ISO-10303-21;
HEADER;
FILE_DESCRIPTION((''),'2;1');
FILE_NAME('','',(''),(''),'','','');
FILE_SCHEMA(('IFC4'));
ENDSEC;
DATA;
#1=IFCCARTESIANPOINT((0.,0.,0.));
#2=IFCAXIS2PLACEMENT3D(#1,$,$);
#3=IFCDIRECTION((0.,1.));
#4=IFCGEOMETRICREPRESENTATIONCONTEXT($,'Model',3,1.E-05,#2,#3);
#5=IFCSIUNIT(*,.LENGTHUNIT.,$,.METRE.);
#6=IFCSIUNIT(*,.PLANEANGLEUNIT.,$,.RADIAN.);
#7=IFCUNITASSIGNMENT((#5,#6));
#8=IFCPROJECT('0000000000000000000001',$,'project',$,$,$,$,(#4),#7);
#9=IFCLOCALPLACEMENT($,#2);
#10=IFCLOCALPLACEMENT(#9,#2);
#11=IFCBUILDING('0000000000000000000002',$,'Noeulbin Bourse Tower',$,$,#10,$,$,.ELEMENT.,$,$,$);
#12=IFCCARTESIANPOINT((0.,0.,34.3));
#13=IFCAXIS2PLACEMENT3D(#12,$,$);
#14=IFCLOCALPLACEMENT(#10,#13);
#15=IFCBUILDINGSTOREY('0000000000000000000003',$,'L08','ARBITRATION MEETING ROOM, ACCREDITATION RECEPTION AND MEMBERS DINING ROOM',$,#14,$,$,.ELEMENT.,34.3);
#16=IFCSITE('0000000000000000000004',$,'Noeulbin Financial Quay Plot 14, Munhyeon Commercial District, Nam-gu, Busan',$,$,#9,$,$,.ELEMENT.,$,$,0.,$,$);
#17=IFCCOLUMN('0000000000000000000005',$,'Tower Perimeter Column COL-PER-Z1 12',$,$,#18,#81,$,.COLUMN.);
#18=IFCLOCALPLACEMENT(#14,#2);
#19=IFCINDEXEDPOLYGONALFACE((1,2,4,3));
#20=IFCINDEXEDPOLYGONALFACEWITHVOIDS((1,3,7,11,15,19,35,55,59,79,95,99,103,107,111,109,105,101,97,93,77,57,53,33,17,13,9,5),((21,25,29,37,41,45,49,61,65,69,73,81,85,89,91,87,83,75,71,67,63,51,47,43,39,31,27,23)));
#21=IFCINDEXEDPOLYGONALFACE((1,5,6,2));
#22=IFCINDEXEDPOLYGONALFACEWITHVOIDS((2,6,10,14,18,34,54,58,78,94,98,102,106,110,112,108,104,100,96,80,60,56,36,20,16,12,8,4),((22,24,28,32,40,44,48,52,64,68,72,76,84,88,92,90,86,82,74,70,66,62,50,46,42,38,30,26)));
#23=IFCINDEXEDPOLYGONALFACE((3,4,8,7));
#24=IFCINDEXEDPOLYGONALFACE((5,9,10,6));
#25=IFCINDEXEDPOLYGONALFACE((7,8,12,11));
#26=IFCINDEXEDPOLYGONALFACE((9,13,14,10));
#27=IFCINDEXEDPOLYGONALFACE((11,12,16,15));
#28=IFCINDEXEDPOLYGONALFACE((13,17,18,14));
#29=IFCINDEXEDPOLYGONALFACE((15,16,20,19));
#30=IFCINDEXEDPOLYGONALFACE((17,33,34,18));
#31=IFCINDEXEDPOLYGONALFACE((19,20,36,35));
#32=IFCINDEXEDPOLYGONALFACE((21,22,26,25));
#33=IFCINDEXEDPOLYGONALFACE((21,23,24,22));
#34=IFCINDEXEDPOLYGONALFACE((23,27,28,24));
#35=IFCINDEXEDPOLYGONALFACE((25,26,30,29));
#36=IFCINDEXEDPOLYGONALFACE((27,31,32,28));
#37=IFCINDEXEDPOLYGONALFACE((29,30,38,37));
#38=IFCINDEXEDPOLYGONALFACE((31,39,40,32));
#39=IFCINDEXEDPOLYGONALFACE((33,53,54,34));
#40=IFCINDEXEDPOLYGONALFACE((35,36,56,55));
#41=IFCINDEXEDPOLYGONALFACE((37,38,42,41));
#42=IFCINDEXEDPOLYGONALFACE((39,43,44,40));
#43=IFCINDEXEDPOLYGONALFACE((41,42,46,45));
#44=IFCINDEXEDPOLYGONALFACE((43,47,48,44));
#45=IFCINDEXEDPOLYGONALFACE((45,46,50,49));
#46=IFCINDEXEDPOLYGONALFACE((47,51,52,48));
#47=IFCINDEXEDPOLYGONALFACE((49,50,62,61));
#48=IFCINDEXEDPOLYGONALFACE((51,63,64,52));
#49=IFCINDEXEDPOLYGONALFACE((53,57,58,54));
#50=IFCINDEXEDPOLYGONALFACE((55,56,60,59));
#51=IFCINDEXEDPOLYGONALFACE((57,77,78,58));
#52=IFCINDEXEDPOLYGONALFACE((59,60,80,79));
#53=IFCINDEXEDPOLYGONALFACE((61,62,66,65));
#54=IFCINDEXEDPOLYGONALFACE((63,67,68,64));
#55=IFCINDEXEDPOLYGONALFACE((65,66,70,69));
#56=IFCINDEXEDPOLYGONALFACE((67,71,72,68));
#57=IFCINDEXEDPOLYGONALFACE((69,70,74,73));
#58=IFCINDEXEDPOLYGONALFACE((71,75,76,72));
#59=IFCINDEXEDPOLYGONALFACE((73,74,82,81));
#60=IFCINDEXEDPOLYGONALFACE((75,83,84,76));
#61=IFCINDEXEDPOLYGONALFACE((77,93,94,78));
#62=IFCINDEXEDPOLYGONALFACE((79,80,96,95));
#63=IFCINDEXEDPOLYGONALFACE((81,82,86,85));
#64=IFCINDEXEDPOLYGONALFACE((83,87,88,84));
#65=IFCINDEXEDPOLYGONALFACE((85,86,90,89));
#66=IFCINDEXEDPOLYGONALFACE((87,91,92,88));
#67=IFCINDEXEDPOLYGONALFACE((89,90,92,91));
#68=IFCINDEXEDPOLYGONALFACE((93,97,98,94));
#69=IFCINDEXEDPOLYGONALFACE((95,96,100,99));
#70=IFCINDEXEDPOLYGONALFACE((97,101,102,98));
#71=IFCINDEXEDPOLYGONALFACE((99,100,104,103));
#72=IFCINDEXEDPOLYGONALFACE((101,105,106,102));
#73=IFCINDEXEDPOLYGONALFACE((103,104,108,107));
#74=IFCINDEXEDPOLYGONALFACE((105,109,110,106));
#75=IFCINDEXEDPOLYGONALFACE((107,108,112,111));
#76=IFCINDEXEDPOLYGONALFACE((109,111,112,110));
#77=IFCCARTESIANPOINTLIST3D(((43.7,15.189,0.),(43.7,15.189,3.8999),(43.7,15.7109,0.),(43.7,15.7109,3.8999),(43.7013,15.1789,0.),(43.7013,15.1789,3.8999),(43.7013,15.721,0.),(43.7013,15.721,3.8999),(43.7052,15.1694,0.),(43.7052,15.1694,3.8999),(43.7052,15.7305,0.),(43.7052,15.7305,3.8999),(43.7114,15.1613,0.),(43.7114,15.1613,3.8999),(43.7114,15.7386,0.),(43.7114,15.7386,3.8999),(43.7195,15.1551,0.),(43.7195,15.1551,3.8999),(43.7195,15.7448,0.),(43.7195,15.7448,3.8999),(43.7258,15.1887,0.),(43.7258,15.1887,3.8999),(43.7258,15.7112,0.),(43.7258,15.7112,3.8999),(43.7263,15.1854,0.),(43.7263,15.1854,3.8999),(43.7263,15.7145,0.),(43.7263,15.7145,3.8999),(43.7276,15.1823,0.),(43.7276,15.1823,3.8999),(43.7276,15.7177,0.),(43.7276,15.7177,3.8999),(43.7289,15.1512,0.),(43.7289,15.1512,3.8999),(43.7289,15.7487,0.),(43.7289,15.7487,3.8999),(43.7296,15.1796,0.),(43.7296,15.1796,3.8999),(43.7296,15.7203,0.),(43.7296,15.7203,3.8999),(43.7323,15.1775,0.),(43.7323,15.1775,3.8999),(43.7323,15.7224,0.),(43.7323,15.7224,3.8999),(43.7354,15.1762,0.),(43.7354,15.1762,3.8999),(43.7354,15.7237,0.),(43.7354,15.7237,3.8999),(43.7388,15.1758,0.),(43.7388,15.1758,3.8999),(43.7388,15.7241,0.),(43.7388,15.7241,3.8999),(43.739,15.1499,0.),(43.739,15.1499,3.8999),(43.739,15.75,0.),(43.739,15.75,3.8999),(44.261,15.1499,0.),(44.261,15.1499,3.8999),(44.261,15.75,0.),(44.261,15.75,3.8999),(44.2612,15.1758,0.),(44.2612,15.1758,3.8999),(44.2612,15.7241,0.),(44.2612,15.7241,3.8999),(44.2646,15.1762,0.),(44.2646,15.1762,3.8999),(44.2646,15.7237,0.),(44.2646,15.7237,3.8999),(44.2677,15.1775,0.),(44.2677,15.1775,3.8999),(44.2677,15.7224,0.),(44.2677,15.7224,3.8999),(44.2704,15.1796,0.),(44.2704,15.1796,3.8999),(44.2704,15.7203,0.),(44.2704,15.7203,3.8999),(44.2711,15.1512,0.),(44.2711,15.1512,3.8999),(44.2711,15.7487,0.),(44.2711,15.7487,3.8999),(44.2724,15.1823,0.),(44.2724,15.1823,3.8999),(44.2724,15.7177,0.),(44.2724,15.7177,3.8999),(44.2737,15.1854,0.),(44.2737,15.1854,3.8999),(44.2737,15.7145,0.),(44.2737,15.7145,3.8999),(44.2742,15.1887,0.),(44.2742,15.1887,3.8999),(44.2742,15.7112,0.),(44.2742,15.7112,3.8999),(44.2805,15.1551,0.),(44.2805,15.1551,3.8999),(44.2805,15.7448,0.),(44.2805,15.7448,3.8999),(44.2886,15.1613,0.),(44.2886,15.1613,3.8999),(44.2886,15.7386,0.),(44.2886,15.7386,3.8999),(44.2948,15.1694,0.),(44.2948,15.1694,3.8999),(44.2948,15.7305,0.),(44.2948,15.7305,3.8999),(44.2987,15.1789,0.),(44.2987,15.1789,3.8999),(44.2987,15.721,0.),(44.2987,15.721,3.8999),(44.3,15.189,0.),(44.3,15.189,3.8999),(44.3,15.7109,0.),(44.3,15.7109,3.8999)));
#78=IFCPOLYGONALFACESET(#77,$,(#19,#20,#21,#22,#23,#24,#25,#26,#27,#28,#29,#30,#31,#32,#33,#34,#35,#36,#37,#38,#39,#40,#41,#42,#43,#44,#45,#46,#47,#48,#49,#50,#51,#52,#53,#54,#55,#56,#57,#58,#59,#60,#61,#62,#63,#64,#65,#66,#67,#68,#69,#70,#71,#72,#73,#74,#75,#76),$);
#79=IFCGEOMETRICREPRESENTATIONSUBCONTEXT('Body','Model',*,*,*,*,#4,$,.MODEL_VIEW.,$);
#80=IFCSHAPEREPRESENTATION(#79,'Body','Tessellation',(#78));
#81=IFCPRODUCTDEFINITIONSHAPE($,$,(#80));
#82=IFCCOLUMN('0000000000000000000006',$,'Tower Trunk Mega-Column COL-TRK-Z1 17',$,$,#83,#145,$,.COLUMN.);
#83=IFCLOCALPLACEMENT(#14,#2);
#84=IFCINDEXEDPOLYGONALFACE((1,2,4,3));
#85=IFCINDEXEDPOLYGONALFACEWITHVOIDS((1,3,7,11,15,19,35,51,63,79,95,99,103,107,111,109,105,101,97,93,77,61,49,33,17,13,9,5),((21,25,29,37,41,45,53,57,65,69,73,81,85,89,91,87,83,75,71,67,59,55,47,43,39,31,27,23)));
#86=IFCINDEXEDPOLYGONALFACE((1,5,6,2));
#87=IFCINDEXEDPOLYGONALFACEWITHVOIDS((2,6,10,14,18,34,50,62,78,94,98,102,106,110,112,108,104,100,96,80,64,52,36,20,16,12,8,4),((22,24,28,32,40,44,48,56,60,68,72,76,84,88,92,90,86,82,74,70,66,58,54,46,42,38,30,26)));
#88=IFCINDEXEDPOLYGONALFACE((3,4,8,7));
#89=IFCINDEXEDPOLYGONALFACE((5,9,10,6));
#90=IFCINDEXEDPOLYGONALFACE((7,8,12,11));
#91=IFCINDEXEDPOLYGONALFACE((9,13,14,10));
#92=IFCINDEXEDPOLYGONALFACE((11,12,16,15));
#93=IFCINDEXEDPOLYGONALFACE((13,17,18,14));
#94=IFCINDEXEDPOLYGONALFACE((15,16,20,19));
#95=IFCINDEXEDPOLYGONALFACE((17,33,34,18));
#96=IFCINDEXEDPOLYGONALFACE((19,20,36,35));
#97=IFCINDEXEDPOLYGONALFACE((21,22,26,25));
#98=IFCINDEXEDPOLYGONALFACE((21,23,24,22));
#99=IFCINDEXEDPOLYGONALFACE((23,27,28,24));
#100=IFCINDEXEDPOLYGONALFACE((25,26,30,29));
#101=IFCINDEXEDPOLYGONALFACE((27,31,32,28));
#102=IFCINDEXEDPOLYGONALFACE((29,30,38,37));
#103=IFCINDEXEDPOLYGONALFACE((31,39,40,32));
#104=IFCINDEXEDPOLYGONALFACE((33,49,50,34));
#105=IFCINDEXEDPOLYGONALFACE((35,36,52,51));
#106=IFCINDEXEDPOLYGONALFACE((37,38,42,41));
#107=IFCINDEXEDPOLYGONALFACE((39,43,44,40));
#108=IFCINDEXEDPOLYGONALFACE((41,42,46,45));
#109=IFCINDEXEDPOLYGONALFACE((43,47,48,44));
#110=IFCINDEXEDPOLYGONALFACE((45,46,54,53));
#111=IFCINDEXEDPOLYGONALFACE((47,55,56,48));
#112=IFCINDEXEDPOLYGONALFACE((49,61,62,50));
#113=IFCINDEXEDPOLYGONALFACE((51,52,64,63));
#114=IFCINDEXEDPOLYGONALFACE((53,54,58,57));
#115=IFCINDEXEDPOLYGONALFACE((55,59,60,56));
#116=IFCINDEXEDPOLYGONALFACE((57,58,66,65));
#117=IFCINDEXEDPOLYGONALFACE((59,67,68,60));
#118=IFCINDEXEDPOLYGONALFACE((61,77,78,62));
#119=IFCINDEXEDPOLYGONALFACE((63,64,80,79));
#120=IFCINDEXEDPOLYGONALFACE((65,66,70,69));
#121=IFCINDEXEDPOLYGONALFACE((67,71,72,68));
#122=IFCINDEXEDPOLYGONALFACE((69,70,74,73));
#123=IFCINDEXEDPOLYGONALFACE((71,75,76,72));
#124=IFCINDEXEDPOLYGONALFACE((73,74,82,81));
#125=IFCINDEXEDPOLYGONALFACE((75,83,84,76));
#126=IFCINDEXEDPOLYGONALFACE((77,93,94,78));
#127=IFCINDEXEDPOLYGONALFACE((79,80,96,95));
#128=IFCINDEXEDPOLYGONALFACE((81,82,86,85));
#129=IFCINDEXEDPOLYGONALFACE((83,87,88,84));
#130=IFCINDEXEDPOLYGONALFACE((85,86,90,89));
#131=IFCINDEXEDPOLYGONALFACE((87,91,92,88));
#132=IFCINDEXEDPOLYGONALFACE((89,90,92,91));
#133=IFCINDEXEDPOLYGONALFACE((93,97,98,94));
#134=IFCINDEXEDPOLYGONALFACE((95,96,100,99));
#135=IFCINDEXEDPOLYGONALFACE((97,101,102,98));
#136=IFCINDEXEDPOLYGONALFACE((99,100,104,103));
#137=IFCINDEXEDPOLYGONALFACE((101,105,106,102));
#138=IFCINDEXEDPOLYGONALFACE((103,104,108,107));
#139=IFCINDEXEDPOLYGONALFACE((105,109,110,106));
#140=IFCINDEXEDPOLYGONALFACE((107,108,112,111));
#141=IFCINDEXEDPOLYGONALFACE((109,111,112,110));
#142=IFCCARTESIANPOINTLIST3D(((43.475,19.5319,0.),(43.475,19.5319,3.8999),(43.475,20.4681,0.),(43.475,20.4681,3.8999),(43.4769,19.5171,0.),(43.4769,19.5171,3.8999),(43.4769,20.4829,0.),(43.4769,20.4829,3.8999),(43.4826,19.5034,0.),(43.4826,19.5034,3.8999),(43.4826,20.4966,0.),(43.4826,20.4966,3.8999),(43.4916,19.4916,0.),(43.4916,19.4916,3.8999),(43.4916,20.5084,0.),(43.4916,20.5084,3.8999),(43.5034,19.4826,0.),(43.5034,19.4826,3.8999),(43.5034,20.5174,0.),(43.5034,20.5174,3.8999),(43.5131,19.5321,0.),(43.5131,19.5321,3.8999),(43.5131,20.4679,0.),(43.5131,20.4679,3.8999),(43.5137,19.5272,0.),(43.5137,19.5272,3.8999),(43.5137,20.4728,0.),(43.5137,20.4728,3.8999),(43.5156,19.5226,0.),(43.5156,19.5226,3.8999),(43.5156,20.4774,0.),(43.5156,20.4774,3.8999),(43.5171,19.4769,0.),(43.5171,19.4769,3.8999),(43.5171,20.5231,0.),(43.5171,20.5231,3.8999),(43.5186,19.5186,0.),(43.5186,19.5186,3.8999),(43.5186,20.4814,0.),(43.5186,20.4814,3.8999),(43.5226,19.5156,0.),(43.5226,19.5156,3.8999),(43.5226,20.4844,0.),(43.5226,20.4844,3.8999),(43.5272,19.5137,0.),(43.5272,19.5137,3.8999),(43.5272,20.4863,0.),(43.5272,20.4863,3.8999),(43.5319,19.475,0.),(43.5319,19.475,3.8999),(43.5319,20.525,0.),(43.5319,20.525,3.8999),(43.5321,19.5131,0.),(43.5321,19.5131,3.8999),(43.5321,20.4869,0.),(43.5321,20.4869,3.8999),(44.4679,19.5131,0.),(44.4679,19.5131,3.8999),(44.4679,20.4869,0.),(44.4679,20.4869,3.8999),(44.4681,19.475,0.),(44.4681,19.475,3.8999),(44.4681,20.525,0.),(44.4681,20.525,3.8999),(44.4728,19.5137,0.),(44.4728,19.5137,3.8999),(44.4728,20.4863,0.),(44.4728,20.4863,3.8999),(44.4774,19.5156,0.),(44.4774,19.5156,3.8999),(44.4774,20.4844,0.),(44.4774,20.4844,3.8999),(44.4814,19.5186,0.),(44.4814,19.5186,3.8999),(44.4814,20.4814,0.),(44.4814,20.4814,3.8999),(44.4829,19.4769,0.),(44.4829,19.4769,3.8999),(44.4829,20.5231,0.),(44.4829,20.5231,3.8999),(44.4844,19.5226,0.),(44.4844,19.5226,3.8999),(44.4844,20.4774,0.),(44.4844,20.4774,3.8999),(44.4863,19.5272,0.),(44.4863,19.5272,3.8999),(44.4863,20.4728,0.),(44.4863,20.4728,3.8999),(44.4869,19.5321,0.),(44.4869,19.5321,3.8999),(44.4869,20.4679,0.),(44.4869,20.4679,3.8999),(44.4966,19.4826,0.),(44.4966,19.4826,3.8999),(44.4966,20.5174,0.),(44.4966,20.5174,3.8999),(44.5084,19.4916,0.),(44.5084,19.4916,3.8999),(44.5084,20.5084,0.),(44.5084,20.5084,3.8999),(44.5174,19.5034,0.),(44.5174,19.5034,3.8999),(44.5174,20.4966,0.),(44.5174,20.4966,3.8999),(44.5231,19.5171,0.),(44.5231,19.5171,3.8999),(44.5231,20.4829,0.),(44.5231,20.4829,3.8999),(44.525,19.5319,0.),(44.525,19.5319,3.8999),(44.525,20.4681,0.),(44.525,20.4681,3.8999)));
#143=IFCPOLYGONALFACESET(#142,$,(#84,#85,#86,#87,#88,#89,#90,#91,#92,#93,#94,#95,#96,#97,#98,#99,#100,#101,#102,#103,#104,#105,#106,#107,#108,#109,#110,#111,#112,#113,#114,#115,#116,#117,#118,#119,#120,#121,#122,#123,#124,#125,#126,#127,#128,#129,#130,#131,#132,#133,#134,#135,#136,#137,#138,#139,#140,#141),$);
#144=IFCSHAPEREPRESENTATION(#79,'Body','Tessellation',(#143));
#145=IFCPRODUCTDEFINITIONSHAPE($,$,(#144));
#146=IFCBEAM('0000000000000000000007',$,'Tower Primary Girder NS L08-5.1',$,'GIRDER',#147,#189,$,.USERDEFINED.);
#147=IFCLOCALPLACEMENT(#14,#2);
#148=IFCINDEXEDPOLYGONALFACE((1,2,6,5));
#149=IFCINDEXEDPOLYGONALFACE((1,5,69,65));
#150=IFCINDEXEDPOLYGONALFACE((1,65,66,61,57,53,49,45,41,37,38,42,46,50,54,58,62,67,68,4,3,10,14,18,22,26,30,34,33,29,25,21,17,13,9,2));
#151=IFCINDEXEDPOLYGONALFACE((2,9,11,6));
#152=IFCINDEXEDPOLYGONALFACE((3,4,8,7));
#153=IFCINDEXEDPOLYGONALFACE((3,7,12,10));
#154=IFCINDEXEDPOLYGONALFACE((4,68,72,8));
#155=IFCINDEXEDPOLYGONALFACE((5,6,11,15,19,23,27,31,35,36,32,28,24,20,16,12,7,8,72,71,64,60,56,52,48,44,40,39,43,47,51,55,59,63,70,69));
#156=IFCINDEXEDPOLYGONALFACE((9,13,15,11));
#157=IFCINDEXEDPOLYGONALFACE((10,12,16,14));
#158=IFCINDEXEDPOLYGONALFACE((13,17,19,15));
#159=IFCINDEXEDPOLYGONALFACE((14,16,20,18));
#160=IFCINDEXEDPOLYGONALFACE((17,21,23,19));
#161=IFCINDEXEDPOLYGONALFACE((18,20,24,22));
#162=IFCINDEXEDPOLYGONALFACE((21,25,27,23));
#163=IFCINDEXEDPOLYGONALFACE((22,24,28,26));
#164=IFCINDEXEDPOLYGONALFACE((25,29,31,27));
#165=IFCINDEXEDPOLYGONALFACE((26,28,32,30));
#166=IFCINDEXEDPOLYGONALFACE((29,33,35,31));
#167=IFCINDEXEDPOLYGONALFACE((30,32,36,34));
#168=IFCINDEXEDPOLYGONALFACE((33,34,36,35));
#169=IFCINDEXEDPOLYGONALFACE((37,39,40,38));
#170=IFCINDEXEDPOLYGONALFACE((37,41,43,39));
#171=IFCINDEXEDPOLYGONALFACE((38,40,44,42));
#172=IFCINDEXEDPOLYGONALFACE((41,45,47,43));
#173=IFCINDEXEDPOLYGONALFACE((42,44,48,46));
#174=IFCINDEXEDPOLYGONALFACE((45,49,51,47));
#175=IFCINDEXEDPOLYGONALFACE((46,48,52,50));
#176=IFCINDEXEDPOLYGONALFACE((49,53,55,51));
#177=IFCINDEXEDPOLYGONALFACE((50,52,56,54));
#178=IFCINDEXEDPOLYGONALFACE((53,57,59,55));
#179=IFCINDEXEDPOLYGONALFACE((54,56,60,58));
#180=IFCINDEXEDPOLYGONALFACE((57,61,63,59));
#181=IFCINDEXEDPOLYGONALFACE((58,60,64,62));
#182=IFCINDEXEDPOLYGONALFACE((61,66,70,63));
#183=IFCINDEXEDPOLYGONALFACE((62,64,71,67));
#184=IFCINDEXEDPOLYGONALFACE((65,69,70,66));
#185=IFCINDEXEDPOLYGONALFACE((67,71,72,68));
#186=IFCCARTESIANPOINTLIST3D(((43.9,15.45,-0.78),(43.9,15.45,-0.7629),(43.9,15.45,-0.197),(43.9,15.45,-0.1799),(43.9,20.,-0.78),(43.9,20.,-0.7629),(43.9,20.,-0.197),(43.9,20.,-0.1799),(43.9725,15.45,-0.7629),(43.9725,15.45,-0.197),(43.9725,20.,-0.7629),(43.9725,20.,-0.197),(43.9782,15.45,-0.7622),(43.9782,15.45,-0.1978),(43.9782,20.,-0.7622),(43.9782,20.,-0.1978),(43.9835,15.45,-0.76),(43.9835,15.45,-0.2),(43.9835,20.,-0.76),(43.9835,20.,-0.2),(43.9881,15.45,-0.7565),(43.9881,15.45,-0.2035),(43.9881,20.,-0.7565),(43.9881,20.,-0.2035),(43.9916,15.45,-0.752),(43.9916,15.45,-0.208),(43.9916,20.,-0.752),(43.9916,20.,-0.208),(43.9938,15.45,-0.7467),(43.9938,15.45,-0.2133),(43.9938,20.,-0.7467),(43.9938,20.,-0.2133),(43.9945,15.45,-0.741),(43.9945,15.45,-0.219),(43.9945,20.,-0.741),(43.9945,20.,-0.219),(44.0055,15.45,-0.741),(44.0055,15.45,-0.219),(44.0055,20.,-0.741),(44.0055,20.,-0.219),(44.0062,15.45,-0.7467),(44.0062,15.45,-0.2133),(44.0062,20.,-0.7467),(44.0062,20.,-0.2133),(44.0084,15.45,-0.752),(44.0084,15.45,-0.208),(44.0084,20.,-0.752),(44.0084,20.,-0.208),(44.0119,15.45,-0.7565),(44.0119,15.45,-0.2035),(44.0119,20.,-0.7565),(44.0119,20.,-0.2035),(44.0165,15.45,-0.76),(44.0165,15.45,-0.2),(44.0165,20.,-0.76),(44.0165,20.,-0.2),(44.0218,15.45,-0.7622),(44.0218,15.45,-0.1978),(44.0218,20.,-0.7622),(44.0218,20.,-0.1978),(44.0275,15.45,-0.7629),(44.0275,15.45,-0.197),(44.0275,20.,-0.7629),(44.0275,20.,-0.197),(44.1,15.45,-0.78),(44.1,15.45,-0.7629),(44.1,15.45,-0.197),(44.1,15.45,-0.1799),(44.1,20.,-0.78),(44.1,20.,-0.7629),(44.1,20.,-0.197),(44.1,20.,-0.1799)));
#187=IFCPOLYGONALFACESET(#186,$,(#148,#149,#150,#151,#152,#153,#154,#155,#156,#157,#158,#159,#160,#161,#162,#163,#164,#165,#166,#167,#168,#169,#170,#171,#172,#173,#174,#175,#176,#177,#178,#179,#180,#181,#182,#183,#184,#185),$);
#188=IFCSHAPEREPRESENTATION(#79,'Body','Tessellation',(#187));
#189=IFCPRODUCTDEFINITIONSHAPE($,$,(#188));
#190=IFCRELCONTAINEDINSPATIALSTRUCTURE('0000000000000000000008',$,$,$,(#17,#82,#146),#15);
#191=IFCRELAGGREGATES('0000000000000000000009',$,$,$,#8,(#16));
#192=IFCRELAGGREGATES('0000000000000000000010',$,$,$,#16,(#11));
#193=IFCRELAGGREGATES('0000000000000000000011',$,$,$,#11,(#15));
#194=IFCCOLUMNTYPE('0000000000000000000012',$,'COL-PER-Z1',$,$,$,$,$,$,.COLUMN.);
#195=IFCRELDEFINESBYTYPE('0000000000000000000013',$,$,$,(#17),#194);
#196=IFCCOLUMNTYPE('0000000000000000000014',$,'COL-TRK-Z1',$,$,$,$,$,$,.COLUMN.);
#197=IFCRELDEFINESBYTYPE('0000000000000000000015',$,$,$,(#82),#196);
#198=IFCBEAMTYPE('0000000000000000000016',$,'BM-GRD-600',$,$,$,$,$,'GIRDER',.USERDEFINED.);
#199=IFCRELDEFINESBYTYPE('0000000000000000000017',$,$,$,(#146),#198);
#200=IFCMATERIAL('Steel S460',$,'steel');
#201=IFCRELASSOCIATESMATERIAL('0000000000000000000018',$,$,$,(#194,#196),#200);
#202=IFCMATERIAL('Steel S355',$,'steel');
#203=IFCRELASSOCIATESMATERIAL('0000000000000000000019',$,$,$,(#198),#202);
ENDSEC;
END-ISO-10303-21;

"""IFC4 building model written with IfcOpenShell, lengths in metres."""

from ifc_helpers import new_model, si_unit, direction, frame, origin, origin_2d, place, context, subcontext, project, spatial, hollow_rectangle, i_section, extrude, material, material_profile, profile_set, type_object, element, save


model = new_model("IFC4")

# Units and contexts
model_context = context("Model", 3, precision=1e-05, world=origin(), true_north=direction((0.0, 1.0)))
body_context = subcontext(model_context, "Body", "Model", "MODEL_VIEW")
ifc_project = project(units=[si_unit("LENGTHUNIT", "METRE"), si_unit("PLANEANGLEUNIT", "RADIAN")], contexts=[model_context])

# Site, building, storey
site_placement = place(None, origin())
site = spatial("IfcSite", under=ifc_project, at=site_placement, Name="Noeulbin Financial Quay Plot 14, Munhyeon Commercial District, Nam-gu, Busan", CompositionType="ELEMENT", RefElevation=0.0)
building_placement = place(site_placement, origin())
building = spatial("IfcBuilding", under=site, at=building_placement, Name="Noeulbin Bourse Tower", CompositionType="ELEMENT")
storey_placement = place(building_placement, frame((0.0, 0.0, 34.3)))
storey = spatial("IfcBuildingStorey", under=building, at=storey_placement, Name="L08", Description="ARBITRATION MEETING ROOM, ACCREDITATION RECEPTION AND MEMBERS DINING ROOM", CompositionType="ELEMENT", Elevation=34.3)

# Columns
ifc_material_1 = material(Name="Steel S460", Category="steel")
ifc_material_profile_1 = material_profile(ifc_material_1, hollow_rectangle(XDim=0.6001, YDim=0.6001, WallThickness=0.0259, InnerFilletRadius=0.0129, OuterFilletRadius=0.0391, at=origin_2d()), Name="BOX-600x600x26", Category="LoadBearing")
ifc_profile_set_1 = profile_set([ifc_material_profile_1], Name="Steel S460")
column_type_1 = type_object("IfcColumnType", Name="COL-PER-Z1", PredefinedType="COLUMN", material=ifc_profile_set_1)
column_1_placement = place(storey_placement, frame((44.0, 15.45, 0.0), z_axis=(0.0, 0.0, 1.0), x_axis=(1.0, 0.0, 0.0)))
element("IfcColumn", 1, at=column_1_placement, inside=storey, type_object=column_type_1, Name="Tower Perimeter Column COL-PER-Z1 12", PredefinedType="COLUMN", context=body_context, shape_type="SweptSolid", body=[
    extrude(hollow_rectangle(XDim=0.6001, YDim=0.6001, WallThickness=0.0259, InnerFilletRadius=0.0129, OuterFilletRadius=0.0391, at=origin_2d()), origin(), (0.0, 0.0, 1.0), 3.8999),
])
ifc_material_profile_2 = material_profile(ifc_material_1, hollow_rectangle(XDim=1.05, YDim=1.05, WallThickness=0.0381, InnerFilletRadius=0.019, OuterFilletRadius=0.0569, at=origin_2d()), Name="BOX-1050x1050x38", Category="LoadBearing")
ifc_profile_set_2 = profile_set([ifc_material_profile_2], Name="Steel S460")
column_type_2 = type_object("IfcColumnType", Name="COL-TRK-Z1", PredefinedType="COLUMN", material=ifc_profile_set_2)
column_2_placement = place(storey_placement, frame((44.0, 20.0, 0.0), z_axis=(0.0, 0.0, 1.0), x_axis=(1.0, 0.0, 0.0)))
element("IfcColumn", 2, at=column_2_placement, inside=storey, type_object=column_type_2, Name="Tower Trunk Mega-Column COL-TRK-Z1 17", PredefinedType="COLUMN", context=body_context, shape_type="SweptSolid", body=[
    extrude(hollow_rectangle(XDim=1.05, YDim=1.05, WallThickness=0.0381, InnerFilletRadius=0.019, OuterFilletRadius=0.0569, at=origin_2d()), origin(), (0.0, 0.0, 1.0), 3.8999),
])

# Beam
ifc_material_2 = material(Name="Steel S355", Category="steel")
ifc_material_profile_3 = material_profile(ifc_material_2, i_section(OverallWidth=0.2, OverallDepth=0.6001, WebThickness=0.011, FlangeThickness=0.0171, FilletRadius=0.022, at=origin_2d()), Name="H-600x200x11x17", Category="LoadBearing")
ifc_profile_set_3 = profile_set([ifc_material_profile_3], Name="Steel S355")
beam_type_1 = type_object("IfcBeamType", Name="BM-GRD-600", ElementType="GIRDER", PredefinedType="USERDEFINED", material=ifc_profile_set_3)
beam_1_placement = place(storey_placement, frame((44.0, 15.45, -0.48), z_axis=(0.0, 1.0, 0.0), x_axis=(-1.0, 0.0, 0.0)))
element("IfcBeam", 3, at=beam_1_placement, inside=storey, type_object=beam_type_1, Name="Tower Primary Girder NS L08-5.1", ObjectType="GIRDER", PredefinedType="USERDEFINED", context=body_context, shape_type="SweptSolid", body=[
    extrude(i_section(OverallWidth=0.2, OverallDepth=0.6001, WebThickness=0.011, FlangeThickness=0.0171, FilletRadius=0.022, at=origin_2d()), origin(), (0.0, 0.0, 1.0), 4.55),
])

save(model, "model.ifc")
